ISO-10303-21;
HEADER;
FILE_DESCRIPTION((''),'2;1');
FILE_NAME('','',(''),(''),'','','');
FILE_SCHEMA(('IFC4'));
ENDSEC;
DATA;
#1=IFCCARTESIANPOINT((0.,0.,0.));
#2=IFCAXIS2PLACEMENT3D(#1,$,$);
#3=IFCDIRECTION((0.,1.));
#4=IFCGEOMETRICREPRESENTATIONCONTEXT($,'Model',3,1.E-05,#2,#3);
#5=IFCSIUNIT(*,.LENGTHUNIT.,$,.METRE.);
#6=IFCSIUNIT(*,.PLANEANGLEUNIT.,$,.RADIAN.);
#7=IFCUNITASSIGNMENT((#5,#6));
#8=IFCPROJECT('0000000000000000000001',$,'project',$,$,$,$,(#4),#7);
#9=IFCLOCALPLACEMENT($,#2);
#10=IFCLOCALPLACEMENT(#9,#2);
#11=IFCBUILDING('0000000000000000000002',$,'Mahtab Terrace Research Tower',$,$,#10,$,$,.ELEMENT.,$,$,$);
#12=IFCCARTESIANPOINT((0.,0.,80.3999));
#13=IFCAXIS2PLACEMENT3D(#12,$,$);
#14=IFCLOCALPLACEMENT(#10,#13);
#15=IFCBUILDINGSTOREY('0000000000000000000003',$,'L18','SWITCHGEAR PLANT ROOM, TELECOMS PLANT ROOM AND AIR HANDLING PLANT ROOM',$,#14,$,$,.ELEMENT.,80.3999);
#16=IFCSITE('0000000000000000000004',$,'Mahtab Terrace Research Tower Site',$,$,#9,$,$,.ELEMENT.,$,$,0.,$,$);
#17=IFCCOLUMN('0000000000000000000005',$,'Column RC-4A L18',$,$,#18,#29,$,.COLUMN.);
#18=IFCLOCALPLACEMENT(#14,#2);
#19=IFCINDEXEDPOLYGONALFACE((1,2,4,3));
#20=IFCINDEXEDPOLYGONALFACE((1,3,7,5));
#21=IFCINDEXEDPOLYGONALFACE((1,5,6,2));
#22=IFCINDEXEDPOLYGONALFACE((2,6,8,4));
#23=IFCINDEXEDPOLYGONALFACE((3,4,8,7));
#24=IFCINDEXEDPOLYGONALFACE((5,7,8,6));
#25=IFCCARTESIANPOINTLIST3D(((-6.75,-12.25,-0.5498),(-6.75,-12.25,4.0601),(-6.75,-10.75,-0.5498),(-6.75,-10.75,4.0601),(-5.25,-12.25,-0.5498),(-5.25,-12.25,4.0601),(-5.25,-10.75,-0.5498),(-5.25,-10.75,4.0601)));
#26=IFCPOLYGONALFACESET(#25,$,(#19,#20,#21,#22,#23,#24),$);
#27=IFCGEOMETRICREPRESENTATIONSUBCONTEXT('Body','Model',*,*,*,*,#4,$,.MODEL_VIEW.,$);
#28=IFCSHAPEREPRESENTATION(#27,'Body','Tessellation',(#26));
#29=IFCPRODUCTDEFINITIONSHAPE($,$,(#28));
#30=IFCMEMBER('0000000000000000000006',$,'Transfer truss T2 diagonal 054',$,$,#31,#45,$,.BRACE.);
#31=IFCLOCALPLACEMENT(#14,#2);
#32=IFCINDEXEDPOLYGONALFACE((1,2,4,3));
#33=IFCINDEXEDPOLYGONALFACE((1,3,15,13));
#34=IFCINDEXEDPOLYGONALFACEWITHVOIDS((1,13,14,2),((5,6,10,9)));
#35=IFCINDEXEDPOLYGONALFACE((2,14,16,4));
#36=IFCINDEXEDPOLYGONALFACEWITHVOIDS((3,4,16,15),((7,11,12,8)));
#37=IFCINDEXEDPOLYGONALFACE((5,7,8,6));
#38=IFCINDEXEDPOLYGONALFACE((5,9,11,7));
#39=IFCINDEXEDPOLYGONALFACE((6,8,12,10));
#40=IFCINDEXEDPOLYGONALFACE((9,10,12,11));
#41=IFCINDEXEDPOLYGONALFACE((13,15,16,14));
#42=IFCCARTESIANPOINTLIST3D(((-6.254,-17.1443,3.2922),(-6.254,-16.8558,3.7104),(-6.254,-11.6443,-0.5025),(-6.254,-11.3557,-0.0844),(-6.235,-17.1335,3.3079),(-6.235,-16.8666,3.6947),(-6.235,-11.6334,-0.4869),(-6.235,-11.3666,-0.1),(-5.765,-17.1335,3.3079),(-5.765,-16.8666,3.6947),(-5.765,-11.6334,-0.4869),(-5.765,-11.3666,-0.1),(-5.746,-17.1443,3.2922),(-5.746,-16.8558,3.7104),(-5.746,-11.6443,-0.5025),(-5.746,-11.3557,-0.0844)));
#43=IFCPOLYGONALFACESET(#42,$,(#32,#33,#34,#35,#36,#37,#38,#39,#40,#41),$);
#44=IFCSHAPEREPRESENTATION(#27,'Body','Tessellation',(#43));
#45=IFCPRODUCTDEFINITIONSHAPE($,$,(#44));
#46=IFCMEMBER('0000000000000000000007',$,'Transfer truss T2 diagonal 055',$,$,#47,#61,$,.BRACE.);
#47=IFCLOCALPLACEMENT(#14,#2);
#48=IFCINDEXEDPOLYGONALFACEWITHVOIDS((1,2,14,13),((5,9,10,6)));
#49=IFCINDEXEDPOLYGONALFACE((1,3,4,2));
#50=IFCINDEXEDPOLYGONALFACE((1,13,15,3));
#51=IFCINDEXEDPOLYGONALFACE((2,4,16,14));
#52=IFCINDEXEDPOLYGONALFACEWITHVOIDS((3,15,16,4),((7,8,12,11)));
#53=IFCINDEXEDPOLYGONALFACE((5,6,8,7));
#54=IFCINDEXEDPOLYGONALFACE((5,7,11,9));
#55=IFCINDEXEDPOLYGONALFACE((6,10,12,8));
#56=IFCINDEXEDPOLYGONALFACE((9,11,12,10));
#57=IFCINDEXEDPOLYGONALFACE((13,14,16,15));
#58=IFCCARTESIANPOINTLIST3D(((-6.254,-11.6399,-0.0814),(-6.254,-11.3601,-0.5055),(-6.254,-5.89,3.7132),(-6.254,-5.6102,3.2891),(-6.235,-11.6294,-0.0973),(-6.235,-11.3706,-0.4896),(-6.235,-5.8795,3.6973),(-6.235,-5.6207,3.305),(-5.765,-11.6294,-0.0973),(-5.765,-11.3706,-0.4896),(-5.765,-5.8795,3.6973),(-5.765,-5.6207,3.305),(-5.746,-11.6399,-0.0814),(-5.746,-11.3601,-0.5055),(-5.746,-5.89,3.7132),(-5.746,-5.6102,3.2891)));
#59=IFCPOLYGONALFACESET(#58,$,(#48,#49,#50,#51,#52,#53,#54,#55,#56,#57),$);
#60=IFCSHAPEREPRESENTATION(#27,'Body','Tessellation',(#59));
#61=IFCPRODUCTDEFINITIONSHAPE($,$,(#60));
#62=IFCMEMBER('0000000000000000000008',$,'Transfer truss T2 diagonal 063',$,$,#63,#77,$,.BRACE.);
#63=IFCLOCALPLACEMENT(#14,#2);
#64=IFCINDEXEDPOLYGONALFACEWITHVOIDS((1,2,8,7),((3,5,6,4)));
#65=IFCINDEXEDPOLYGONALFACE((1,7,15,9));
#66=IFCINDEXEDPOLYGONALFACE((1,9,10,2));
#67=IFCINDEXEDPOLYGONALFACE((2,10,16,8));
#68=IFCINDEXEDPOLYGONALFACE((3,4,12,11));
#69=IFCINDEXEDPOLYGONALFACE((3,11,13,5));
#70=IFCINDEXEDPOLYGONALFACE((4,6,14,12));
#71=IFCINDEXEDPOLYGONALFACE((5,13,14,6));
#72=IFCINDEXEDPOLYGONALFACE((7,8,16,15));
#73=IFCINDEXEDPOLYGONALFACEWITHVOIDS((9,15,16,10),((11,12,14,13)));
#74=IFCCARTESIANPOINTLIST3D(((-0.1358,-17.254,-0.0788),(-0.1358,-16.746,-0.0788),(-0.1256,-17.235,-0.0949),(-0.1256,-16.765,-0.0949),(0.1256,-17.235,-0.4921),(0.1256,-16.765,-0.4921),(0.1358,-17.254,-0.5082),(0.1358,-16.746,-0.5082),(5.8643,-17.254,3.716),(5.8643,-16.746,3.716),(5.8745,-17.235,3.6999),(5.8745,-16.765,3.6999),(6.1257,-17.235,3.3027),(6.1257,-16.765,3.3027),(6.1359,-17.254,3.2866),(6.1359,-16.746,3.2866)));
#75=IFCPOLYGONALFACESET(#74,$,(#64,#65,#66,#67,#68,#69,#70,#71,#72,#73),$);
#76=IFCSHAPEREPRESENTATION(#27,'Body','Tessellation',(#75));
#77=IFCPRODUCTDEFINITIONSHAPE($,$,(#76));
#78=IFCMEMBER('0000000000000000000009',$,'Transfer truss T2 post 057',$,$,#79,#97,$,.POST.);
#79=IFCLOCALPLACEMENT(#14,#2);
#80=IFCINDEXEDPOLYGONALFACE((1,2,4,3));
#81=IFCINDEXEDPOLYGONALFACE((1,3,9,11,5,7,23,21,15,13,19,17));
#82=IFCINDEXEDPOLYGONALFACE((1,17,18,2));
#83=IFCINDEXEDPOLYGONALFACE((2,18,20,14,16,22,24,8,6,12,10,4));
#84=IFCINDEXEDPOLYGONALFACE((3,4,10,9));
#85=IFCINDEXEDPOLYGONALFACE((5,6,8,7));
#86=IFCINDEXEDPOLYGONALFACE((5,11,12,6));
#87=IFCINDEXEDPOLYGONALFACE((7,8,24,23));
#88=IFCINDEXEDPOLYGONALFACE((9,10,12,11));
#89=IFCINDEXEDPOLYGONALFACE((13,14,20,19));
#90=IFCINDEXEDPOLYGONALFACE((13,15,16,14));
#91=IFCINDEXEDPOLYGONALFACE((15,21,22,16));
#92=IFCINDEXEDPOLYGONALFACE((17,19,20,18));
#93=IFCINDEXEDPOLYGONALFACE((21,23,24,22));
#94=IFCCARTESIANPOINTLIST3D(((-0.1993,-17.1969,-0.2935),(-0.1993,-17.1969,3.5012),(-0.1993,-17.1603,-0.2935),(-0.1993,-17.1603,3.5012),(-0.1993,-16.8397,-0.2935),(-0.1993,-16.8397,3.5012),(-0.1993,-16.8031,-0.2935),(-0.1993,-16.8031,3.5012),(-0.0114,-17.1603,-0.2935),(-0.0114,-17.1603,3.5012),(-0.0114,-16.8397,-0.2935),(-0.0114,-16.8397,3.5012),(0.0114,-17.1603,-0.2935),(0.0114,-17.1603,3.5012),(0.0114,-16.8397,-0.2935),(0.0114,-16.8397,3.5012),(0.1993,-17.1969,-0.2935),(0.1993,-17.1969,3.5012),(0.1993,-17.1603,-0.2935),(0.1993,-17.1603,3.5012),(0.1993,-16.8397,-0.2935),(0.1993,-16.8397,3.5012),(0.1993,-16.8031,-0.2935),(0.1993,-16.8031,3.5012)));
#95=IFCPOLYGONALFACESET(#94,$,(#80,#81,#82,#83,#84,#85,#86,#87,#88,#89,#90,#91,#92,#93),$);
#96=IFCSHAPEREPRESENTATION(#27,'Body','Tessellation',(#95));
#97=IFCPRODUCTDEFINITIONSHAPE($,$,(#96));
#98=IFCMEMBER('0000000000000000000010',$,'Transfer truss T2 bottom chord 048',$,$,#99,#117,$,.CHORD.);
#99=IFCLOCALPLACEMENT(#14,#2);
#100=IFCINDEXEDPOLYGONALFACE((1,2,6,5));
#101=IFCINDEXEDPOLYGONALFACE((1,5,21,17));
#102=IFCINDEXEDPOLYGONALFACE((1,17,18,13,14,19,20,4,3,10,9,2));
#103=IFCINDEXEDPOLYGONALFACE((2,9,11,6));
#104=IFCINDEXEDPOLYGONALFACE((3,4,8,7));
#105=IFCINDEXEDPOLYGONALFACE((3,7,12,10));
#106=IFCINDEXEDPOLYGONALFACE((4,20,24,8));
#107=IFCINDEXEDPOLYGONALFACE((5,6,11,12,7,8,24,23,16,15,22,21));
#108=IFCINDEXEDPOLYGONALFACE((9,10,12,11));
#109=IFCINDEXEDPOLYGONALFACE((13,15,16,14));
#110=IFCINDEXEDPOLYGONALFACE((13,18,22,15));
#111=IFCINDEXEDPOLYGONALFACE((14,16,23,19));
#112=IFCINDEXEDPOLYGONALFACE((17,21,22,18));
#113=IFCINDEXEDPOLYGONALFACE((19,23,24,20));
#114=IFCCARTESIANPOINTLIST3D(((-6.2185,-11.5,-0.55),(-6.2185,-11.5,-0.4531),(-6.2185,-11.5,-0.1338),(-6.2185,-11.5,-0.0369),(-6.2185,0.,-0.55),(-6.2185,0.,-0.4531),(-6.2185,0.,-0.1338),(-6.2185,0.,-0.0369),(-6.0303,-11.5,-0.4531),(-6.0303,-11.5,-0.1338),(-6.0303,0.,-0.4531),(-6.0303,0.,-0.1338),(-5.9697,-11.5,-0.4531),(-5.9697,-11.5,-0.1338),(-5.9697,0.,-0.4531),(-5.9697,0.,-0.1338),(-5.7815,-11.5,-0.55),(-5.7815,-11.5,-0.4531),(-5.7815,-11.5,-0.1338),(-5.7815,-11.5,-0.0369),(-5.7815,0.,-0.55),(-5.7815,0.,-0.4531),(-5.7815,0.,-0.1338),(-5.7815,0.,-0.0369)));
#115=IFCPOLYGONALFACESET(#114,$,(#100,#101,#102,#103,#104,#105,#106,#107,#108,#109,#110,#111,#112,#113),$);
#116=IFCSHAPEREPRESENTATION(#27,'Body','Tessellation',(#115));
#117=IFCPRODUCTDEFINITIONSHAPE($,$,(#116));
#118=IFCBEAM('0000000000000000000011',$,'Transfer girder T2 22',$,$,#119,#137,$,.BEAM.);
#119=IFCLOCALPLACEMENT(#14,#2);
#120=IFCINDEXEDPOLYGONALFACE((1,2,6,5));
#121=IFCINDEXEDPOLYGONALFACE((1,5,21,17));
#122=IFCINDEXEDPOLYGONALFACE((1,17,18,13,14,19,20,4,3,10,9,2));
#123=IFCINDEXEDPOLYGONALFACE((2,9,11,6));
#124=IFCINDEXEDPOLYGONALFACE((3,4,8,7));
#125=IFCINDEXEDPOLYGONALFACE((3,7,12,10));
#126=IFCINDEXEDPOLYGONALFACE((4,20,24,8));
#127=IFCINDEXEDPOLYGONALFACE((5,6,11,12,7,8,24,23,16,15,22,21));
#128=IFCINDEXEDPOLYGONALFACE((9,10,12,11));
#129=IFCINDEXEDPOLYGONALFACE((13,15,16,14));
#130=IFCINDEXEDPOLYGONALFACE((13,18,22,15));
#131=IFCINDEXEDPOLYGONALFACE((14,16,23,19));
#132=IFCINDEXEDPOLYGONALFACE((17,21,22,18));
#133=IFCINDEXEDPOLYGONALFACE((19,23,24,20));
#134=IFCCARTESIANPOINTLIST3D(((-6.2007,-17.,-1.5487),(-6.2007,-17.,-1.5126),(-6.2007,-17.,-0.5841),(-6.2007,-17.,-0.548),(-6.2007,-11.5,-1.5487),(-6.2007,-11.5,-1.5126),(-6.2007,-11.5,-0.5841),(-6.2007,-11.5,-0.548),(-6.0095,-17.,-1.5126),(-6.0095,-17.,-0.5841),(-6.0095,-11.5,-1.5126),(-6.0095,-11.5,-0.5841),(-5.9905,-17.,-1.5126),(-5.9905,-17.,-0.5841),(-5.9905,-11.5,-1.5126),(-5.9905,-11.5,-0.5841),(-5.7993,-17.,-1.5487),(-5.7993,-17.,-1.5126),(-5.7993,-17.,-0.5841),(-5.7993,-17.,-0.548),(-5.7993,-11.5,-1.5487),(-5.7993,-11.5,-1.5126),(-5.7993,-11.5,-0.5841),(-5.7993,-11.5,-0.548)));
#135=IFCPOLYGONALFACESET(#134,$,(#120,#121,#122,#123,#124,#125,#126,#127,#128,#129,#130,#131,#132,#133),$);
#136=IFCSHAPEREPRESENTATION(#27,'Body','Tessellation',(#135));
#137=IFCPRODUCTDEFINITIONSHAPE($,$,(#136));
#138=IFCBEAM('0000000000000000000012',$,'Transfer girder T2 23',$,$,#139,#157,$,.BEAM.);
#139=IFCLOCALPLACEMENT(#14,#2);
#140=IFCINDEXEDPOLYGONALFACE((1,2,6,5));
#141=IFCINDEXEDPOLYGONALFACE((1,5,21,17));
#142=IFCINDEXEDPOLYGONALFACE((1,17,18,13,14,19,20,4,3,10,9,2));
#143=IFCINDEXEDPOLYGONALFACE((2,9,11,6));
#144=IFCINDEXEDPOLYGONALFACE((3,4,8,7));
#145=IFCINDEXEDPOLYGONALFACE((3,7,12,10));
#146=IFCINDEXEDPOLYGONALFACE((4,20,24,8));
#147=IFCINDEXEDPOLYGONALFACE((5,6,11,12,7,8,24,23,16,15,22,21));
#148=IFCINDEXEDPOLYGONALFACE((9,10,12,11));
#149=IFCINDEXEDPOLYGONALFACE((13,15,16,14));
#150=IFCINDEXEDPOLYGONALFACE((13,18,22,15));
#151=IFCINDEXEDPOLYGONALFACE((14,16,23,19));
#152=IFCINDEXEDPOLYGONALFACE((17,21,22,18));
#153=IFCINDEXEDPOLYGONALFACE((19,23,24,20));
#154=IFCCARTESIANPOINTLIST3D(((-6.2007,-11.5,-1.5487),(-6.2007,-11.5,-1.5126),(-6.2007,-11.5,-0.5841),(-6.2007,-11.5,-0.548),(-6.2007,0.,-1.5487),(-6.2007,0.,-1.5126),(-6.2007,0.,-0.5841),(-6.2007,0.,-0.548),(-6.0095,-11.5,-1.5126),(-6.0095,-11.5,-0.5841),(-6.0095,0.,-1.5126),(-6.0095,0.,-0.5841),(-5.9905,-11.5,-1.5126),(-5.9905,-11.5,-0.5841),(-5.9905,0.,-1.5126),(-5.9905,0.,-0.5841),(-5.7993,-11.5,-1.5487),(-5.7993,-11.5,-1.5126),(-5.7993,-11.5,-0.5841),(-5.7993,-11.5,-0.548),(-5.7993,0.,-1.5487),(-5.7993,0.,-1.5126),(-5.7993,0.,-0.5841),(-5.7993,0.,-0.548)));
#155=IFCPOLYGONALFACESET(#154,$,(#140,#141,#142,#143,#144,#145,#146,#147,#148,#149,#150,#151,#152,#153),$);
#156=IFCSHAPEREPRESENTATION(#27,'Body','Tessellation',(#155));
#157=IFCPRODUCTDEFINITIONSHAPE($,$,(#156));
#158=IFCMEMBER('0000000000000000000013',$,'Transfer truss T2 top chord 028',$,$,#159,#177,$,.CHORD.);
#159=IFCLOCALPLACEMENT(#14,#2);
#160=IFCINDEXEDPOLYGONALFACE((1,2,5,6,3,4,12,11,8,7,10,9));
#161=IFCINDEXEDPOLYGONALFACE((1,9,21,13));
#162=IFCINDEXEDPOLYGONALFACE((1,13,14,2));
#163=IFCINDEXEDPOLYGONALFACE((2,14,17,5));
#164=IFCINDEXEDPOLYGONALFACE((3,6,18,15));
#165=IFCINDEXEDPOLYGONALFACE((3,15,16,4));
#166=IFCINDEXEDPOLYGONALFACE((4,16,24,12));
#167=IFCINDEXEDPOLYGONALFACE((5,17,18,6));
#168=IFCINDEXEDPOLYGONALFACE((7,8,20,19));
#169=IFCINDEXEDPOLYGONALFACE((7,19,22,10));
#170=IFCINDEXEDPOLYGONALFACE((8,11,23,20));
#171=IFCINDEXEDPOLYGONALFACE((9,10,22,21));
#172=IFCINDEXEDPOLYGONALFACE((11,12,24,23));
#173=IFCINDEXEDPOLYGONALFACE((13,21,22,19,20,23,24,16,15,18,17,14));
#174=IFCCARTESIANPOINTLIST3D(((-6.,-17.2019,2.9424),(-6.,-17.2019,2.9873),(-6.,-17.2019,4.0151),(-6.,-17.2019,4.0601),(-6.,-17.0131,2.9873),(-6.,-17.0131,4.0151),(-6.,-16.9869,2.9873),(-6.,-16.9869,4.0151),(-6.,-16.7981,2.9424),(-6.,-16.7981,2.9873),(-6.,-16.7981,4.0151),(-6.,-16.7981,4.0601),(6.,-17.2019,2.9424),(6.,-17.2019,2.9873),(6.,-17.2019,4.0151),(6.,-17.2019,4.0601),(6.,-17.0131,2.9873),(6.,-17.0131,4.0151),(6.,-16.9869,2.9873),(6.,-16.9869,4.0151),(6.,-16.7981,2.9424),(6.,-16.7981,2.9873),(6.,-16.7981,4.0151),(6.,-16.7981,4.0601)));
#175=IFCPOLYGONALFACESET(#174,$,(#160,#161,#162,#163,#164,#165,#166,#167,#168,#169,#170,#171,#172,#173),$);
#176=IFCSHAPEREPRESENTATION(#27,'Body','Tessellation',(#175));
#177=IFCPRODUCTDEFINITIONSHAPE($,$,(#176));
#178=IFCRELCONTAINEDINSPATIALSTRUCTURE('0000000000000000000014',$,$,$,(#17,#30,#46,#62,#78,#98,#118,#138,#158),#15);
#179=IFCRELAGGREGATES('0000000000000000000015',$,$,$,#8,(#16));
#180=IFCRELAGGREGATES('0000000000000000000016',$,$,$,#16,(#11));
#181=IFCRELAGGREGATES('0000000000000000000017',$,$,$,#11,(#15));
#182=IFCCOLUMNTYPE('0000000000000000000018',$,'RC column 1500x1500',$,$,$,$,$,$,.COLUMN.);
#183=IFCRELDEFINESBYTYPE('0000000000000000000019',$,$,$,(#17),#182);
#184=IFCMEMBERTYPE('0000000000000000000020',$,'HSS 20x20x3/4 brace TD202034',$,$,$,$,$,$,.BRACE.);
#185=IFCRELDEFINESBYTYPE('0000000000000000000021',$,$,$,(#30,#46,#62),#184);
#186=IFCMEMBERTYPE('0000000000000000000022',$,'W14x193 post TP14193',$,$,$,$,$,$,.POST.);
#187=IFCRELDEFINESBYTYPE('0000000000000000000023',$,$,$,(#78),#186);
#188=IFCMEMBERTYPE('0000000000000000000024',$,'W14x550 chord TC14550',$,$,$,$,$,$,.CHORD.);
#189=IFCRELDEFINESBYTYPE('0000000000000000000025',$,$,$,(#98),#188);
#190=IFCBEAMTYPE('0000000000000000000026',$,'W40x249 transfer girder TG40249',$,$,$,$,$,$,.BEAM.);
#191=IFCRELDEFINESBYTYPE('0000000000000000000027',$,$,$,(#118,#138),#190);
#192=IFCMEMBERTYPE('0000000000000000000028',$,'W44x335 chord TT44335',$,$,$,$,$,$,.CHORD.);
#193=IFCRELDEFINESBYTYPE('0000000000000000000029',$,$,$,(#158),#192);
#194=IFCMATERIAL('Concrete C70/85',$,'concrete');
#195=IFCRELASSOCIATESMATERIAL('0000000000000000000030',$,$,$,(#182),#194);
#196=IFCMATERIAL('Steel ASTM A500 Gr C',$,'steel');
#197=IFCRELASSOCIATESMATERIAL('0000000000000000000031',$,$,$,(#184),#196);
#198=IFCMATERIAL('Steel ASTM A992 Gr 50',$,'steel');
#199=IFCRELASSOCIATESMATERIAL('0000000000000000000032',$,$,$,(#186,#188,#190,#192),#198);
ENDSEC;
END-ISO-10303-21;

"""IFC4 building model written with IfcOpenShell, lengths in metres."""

from ifc_helpers import new_model, si_unit, direction, frame, origin, origin_2d, place, context, subcontext, project, spatial, rectangle, hollow_rectangle, i_section, extrude, material, material_profile, profile_set, type_object, element, save


model = new_model("IFC4")

# Units and contexts
model_context = context("Model", 3, precision=1e-05, world=origin(), true_north=direction((0.0, 1.0)))
body_context = subcontext(model_context, "Body", "Model", "MODEL_VIEW")
ifc_project = project(units=[si_unit("LENGTHUNIT", "METRE"), si_unit("PLANEANGLEUNIT", "RADIAN")], contexts=[model_context])

# Site, building, storey
site_placement = place(None, origin())
site = spatial("IfcSite", under=ifc_project, at=site_placement, Name="Mahtab Terrace Research Tower Site", CompositionType="ELEMENT", RefElevation=0.0)
building_placement = place(site_placement, origin())
building = spatial("IfcBuilding", under=site, at=building_placement, Name="Mahtab Terrace Research Tower", CompositionType="ELEMENT")
storey_placement = place(building_placement, frame((0.0, 0.0, 80.3999)))
storey = spatial("IfcBuildingStorey", under=building, at=storey_placement, Name="L18", Description="SWITCHGEAR PLANT ROOM, TELECOMS PLANT ROOM AND AIR HANDLING PLANT ROOM", CompositionType="ELEMENT", Elevation=80.3999)

# Column
ifc_material_1 = material(Name="Concrete C70/85", Category="concrete")
ifc_material_profile_1 = material_profile(ifc_material_1, rectangle(XDim=1.5, YDim=1.5, at=origin_2d()), Name="RC column 1500x1500")
ifc_profile_set_1 = profile_set([ifc_material_profile_1], Name="Concrete C70/85")
column_type = type_object("IfcColumnType", Name="RC column 1500x1500", PredefinedType="COLUMN", material=ifc_profile_set_1)
column_placement = place(storey_placement, frame((-6.0, -11.5, -0.5498), z_axis=(0.0, 0.0, 1.0), x_axis=(1.0, 0.0, 0.0)))
element("IfcColumn", 1, at=column_placement, inside=storey, type_object=column_type, Name="Column RC-4A L18", PredefinedType="COLUMN", context=body_context, shape_type="SweptSolid", body=[
    extrude(rectangle(XDim=1.5, YDim=1.5, at=origin_2d()), origin(), (0.0, 0.0, 1.0), 4.6099),
])

# Members
ifc_material_2 = material(Name="Steel ASTM A500 Gr C", Category="steel")
ifc_material_profile_2 = material_profile(ifc_material_2, hollow_rectangle(XDim=0.5081, YDim=0.5081, WallThickness=0.019, at=origin_2d()), Name="HSS20X20X3/4")
ifc_profile_set_2 = profile_set([ifc_material_profile_2], Name="Steel ASTM A500 Gr C")
member_type_1 = type_object("IfcMemberType", Name="HSS 20x20x3/4 brace TD202034", PredefinedType="BRACE", material=ifc_profile_set_2)
member_1_placement = place(storey_placement, frame((-6.0, -11.5, -0.2935), z_axis=(0.0, -0.823103, 0.567893), x_axis=(1.0, 0.0, 0.0)))
element("IfcMember", 2, at=member_1_placement, inside=storey, type_object=member_type_1, Name="Transfer truss T2 diagonal 054", PredefinedType="BRACE", context=body_context, shape_type="SweptSolid", body=[
    extrude(hollow_rectangle(XDim=0.5081, YDim=0.5081, WallThickness=0.019, at=origin_2d()), origin(), (0.0, 0.0, 1.0), 6.6821),
])
member_2_placement = place(storey_placement, frame((-6.0, -11.5, -0.2935), z_axis=(0.0, 0.834631, 0.55081), x_axis=(-1.0, 0.0, 0.0)))
element("IfcMember", 3, at=member_2_placement, inside=storey, type_object=member_type_1, Name="Transfer truss T2 diagonal 055", PredefinedType="BRACE", context=body_context, shape_type="SweptSolid", body=[
    extrude(hollow_rectangle(XDim=0.5081, YDim=0.5081, WallThickness=0.019, at=origin_2d()), origin(), (0.0, 0.0, 1.0), 6.8892),
])
member_3_placement = place(storey_placement, frame((0.0, -17.0, -0.2935), z_axis=(0.845158, 0.0, 0.534517), x_axis=(0.0, 1.0, 0.0)))
element("IfcMember", 4, at=member_3_placement, inside=storey, type_object=member_type_1, Name="Transfer truss T2 diagonal 063", PredefinedType="BRACE", context=body_context, shape_type="SweptSolid", body=[
    extrude(hollow_rectangle(XDim=0.5081, YDim=0.5081, WallThickness=0.019, at=origin_2d()), origin(), (0.0, 0.0, 1.0), 7.0994),
])
ifc_material_3 = material(Name="Steel ASTM A992 Gr 50", Category="steel")
ifc_material_profile_3 = material_profile(ifc_material_3, i_section(OverallWidth=0.3987, OverallDepth=0.3938, WebThickness=0.0227, FlangeThickness=0.0366, at=origin_2d()), Name="W14X193")
ifc_profile_set_3 = profile_set([ifc_material_profile_3], Name="Steel ASTM A992 Gr 50")
member_type_2 = type_object("IfcMemberType", Name="W14x193 post TP14193", PredefinedType="POST", material=ifc_profile_set_3)
member_4_placement = place(storey_placement, frame((0.0, -17.0, -0.2935), z_axis=(0.0, 0.0, 1.0), x_axis=(1.0, 0.0, 0.0)))
element("IfcMember", 5, at=member_4_placement, inside=storey, type_object=member_type_2, Name="Transfer truss T2 post 057", PredefinedType="POST", context=body_context, shape_type="SweptSolid", body=[
    extrude(i_section(OverallWidth=0.3987, OverallDepth=0.3938, WebThickness=0.0227, FlangeThickness=0.0366, at=origin_2d()), origin(), (0.0, 0.0, 1.0), 3.7947),
])
ifc_material_profile_4 = material_profile(ifc_material_3, i_section(OverallWidth=0.437, OverallDepth=0.5132, WebThickness=0.0605, FlangeThickness=0.0969, at=origin_2d()), Name="W14X550")
ifc_profile_set_4 = profile_set([ifc_material_profile_4], Name="Steel ASTM A992 Gr 50")
member_type_3 = type_object("IfcMemberType", Name="W14x550 chord TC14550", PredefinedType="CHORD", material=ifc_profile_set_4)
member_5_placement = place(storey_placement, frame((-6.0, -11.5, -0.2935), z_axis=(0.0, 1.0, 0.0), x_axis=(-1.0, 0.0, 0.0)))
element("IfcMember", 6, at=member_5_placement, inside=storey, type_object=member_type_3, Name="Transfer truss T2 bottom chord 048", PredefinedType="CHORD", context=body_context, shape_type="SweptSolid", body=[
    extrude(i_section(OverallWidth=0.437, OverallDepth=0.5132, WebThickness=0.0605, FlangeThickness=0.0969, at=origin_2d()), origin(), (0.0, 0.0, 1.0), 11.5),
])

# Beams
ifc_material_profile_5 = material_profile(ifc_material_3, i_section(OverallWidth=0.4014, OverallDepth=1.0007, WebThickness=0.019, FlangeThickness=0.0361, at=origin_2d()), Name="W40X249")
ifc_profile_set_5 = profile_set([ifc_material_profile_5], Name="Steel ASTM A992 Gr 50")
beam_type = type_object("IfcBeamType", Name="W40x249 transfer girder TG40249", PredefinedType="BEAM", material=ifc_profile_set_5)
beam_1_placement = place(storey_placement, frame((-6.0, -17.0, -1.0483), z_axis=(0.0, 1.0, 0.0), x_axis=(-1.0, 0.0, 0.0)))
element("IfcBeam", 7, at=beam_1_placement, inside=storey, type_object=beam_type, Name="Transfer girder T2 22", PredefinedType="BEAM", context=body_context, shape_type="SweptSolid", body=[
    extrude(i_section(OverallWidth=0.4014, OverallDepth=1.0007, WebThickness=0.019, FlangeThickness=0.0361, at=origin_2d()), origin(), (0.0, 0.0, 1.0), 5.5),
])
beam_2_placement = place(storey_placement, frame((-6.0, -11.5, -1.0483), z_axis=(0.0, 1.0, 0.0), x_axis=(-1.0, 0.0, 0.0)))
element("IfcBeam", 8, at=beam_2_placement, inside=storey, type_object=beam_type, Name="Transfer girder T2 23", PredefinedType="BEAM", context=body_context, shape_type="SweptSolid", body=[
    extrude(i_section(OverallWidth=0.4014, OverallDepth=1.0007, WebThickness=0.019, FlangeThickness=0.0361, at=origin_2d()), origin(), (0.0, 0.0, 1.0), 11.5),
])

# Member
ifc_material_profile_6 = material_profile(ifc_material_3, i_section(OverallWidth=0.4038, OverallDepth=1.1177, WebThickness=0.0261, FlangeThickness=0.0449, at=origin_2d()), Name="W44X335")
ifc_profile_set_6 = profile_set([ifc_material_profile_6], Name="Steel ASTM A992 Gr 50")
member_type_4 = type_object("IfcMemberType", Name="W44x335 chord TT44335", PredefinedType="CHORD", material=ifc_profile_set_6)
member_6_placement = place(storey_placement, frame((-6.0, -17.0, 3.5012), z_axis=(1.0, 0.0, 0.0), x_axis=(0.0, 1.0, 0.0)))
element("IfcMember", 9, at=member_6_placement, inside=storey, type_object=member_type_4, Name="Transfer truss T2 top chord 028", PredefinedType="CHORD", context=body_context, shape_type="SweptSolid", body=[
    extrude(i_section(OverallWidth=0.4038, OverallDepth=1.1177, WebThickness=0.0261, FlangeThickness=0.0449, at=origin_2d()), origin(), (0.0, 0.0, 1.0), 12.0),
])

save(model, "model.ifc")
